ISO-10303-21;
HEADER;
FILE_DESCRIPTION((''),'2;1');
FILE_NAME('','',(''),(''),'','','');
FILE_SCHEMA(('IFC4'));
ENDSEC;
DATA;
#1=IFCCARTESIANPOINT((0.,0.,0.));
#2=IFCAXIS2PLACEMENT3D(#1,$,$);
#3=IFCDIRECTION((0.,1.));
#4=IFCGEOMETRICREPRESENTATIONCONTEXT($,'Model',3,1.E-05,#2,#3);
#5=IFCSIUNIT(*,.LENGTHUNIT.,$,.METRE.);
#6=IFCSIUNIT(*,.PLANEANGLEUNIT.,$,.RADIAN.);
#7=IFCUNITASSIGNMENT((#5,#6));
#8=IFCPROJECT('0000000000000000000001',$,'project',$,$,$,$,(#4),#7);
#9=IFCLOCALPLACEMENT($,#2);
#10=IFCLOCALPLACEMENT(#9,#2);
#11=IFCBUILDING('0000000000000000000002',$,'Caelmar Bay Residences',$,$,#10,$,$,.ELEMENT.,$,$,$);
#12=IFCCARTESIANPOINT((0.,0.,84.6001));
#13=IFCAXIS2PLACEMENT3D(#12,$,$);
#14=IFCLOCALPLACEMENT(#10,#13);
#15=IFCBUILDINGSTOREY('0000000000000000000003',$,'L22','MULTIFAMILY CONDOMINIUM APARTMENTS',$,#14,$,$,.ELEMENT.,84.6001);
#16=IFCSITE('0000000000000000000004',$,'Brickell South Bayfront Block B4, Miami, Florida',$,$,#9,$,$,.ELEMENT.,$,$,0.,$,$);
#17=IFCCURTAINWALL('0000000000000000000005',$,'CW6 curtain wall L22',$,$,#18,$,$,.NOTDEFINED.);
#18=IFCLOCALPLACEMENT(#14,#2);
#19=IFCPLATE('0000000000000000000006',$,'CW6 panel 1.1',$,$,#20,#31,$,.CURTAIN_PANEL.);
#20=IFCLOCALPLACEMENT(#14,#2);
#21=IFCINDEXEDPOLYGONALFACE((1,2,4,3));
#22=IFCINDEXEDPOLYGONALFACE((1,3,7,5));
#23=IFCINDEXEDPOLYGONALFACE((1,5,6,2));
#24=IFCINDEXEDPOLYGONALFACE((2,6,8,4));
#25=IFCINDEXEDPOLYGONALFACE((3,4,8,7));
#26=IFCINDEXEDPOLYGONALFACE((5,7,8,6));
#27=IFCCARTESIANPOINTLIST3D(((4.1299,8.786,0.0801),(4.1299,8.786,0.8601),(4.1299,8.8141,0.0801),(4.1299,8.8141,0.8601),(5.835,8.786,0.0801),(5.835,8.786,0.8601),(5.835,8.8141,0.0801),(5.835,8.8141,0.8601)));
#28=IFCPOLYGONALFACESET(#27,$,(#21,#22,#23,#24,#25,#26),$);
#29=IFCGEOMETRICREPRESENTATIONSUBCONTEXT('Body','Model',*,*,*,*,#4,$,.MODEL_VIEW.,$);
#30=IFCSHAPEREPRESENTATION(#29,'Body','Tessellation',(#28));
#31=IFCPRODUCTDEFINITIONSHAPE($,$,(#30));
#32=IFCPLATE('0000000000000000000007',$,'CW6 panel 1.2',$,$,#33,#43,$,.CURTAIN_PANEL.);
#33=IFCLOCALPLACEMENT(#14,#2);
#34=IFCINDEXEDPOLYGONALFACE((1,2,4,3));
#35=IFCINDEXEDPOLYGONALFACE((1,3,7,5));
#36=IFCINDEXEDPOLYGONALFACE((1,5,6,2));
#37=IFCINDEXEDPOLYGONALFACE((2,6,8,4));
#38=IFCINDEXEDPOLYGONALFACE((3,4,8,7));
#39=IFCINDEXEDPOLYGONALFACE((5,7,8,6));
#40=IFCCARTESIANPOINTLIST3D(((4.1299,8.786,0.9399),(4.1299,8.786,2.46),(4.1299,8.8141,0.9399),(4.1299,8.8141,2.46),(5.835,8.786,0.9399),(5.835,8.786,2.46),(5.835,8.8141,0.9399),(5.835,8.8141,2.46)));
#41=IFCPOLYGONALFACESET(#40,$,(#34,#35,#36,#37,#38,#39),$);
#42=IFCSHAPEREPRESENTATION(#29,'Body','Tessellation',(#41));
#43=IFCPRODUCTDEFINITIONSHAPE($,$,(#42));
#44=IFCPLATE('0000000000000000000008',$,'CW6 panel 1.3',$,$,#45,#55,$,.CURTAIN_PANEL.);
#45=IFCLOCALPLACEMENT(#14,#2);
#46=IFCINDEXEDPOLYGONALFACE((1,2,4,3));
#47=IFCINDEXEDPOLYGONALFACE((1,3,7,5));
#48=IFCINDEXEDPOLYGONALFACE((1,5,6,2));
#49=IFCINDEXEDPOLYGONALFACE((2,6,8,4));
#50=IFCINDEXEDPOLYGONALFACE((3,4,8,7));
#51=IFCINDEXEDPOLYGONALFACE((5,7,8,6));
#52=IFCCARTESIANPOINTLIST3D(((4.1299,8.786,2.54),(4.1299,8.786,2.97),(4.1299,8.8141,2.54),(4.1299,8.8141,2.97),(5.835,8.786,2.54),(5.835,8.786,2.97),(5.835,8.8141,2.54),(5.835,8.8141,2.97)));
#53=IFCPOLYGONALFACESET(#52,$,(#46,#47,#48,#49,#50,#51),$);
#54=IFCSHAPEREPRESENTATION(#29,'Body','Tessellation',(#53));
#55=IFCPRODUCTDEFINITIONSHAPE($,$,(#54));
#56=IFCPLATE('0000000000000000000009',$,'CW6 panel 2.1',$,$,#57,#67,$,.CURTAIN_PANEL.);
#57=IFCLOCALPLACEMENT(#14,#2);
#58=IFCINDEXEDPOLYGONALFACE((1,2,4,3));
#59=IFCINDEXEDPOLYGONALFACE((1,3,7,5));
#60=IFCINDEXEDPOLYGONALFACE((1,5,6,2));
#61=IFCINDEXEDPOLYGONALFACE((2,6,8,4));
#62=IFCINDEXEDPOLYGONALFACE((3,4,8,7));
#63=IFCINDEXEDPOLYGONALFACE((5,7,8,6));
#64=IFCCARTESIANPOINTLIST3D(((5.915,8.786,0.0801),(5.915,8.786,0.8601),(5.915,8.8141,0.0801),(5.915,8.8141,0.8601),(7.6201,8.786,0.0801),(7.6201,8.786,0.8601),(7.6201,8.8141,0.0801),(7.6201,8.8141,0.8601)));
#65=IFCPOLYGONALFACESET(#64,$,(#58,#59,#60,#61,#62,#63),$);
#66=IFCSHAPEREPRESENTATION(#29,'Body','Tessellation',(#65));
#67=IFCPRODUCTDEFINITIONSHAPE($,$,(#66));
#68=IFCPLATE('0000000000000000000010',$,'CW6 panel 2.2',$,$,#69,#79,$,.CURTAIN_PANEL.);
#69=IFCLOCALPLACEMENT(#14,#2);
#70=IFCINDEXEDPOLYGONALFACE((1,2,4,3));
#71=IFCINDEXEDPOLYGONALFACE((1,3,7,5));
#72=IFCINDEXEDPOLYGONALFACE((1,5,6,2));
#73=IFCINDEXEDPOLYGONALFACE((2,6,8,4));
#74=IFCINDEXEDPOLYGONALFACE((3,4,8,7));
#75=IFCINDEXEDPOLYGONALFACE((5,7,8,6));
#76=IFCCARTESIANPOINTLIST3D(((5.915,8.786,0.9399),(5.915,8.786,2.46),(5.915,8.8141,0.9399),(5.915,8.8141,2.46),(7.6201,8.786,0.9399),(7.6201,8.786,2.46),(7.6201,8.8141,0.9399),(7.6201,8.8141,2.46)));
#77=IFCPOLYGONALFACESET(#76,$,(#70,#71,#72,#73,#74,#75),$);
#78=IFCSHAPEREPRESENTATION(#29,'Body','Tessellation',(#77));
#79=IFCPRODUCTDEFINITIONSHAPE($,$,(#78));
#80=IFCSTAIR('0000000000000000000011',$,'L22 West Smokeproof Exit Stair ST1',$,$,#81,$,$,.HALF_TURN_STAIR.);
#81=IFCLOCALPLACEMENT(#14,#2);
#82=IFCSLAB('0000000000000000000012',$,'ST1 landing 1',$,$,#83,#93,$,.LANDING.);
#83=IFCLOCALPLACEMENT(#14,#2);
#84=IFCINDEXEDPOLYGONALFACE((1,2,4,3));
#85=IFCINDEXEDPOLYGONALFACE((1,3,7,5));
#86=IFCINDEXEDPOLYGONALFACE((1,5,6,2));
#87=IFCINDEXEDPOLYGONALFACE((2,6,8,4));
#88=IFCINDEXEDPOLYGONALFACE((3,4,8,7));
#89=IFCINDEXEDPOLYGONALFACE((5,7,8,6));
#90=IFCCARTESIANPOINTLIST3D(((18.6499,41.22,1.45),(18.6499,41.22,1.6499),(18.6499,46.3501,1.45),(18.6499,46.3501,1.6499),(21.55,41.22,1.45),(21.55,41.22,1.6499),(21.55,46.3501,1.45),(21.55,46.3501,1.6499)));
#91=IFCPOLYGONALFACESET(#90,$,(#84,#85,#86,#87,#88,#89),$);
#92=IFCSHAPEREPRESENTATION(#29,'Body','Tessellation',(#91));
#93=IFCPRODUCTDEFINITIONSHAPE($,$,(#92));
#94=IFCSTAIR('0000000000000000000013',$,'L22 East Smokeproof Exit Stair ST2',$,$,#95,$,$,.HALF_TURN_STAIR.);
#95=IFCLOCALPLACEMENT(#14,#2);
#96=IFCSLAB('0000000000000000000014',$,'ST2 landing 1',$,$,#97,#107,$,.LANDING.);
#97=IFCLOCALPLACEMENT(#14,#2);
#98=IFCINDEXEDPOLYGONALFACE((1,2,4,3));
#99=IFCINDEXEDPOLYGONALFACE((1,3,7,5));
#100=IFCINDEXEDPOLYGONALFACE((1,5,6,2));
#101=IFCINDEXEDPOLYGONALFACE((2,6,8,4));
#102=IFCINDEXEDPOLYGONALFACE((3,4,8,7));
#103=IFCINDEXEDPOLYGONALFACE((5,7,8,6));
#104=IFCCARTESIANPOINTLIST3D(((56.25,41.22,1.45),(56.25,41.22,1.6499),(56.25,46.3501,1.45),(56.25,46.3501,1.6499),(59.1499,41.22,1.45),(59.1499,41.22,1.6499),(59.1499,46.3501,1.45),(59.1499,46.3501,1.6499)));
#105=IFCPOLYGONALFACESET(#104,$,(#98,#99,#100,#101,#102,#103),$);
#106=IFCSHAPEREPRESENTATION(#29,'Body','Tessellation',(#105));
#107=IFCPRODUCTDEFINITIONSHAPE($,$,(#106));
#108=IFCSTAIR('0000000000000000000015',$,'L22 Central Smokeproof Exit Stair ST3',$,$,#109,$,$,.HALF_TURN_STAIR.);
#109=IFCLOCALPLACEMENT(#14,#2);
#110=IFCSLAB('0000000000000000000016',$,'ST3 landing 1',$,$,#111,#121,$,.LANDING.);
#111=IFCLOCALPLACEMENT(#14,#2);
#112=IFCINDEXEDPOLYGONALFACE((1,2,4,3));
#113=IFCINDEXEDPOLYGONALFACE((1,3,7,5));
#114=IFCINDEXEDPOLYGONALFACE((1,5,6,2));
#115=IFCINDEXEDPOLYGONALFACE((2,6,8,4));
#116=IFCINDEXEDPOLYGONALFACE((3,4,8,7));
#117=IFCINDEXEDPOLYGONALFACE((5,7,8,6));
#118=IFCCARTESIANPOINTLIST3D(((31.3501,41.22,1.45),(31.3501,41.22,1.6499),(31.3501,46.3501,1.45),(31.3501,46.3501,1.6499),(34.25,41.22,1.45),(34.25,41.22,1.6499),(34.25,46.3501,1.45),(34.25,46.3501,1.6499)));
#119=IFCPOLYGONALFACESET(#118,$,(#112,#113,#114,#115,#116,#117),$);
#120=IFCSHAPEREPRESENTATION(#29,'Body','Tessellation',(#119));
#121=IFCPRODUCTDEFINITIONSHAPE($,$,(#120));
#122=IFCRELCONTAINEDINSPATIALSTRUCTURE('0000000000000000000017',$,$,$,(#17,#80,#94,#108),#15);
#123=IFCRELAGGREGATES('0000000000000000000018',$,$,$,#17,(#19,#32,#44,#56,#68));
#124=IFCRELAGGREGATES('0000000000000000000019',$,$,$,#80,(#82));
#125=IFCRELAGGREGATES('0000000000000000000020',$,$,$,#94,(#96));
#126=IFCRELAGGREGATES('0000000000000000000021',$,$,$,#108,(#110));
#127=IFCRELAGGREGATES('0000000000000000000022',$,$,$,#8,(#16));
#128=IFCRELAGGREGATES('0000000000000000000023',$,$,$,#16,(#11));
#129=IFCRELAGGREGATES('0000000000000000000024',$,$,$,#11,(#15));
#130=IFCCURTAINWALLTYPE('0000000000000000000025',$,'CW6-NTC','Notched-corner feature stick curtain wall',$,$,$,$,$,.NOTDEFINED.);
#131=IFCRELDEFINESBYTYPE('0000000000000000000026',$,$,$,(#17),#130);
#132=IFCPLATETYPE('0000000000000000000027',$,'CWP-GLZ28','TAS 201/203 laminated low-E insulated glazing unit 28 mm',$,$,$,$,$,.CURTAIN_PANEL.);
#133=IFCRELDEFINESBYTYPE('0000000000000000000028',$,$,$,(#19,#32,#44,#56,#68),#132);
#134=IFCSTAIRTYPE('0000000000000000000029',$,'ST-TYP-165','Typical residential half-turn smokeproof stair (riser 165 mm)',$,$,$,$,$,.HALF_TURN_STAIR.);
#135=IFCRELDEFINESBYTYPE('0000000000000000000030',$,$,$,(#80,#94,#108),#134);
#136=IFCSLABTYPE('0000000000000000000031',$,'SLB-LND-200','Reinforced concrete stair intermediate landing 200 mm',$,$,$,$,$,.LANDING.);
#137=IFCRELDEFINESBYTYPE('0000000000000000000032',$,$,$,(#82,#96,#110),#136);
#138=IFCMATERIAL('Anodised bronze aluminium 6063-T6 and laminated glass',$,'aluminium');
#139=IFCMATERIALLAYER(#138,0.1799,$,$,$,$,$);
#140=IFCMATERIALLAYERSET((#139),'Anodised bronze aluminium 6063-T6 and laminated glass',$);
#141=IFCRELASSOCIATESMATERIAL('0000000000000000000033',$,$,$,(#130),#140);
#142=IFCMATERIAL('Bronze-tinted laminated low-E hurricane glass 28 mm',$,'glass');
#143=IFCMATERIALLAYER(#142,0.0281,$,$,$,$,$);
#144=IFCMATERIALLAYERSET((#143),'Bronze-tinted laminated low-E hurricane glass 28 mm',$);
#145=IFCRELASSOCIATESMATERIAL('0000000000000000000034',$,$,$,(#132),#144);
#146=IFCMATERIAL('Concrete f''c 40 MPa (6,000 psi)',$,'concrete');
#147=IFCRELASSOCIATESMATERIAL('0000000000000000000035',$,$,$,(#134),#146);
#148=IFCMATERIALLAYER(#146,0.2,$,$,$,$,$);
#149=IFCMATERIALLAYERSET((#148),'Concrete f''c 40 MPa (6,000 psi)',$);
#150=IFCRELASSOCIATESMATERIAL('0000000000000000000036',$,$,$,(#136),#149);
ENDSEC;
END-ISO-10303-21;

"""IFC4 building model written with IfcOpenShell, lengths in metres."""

from ifc_helpers import new_model, si_unit, direction, frame, origin, origin_2d, place, context, subcontext, project, spatial, polyline, rectangle, outline, extrude, material, layer, layer_set, type_object, element, aggregate, save


model = new_model("IFC4")

# Units and contexts
model_context = context("Model", 3, precision=1e-05, world=origin(), true_north=direction((0.0, 1.0)))
body_context = subcontext(model_context, "Body", "Model", "MODEL_VIEW")
ifc_project = project(units=[si_unit("LENGTHUNIT", "METRE"), si_unit("PLANEANGLEUNIT", "RADIAN")], contexts=[model_context])

# Site, building, storey
site_placement = place(None, origin())
site = spatial("IfcSite", under=ifc_project, at=site_placement, Name="Brickell South Bayfront Block B4, Miami, Florida", CompositionType="ELEMENT", RefElevation=0.0)
building_placement = place(site_placement, origin())
building = spatial("IfcBuilding", under=site, at=building_placement, Name="Caelmar Bay Residences", CompositionType="ELEMENT")
storey_placement = place(building_placement, frame((0.0, 0.0, 84.6001)))
storey = spatial("IfcBuildingStorey", under=building, at=storey_placement, Name="L22", Description="MULTIFAMILY CONDOMINIUM APARTMENTS", CompositionType="ELEMENT", Elevation=84.6001)

# Curtain wall
ifc_material_1 = material(Name="Anodised bronze aluminium 6063-T6 and laminated glass", Category="aluminium")
ifc_layer_1 = layer(ifc_material_1, 0.1799)
ifc_layer_set_1 = layer_set([ifc_layer_1], Name="Anodised bronze aluminium 6063-T6 and laminated glass")
curtain_wall_type_1 = type_object("IfcCurtainWallType", Name="CW6-NTC", Description="Notched-corner feature stick curtain wall", PredefinedType="NOTDEFINED", material=ifc_layer_set_1)
curtain_wall_1_placement = place(storey_placement, origin())
curtain_wall_1 = element("IfcCurtainWall", 1, at=curtain_wall_1_placement, inside=storey, type_object=curtain_wall_type_1, Name="CW6 curtain wall L22", PredefinedType="NOTDEFINED")

# Plates
ifc_material_2 = material(Name="Bronze-tinted laminated low-E hurricane glass 28 mm", Category="glass")
ifc_layer_2 = layer(ifc_material_2, 0.0281)
ifc_layer_set_2 = layer_set([ifc_layer_2], Name="Bronze-tinted laminated low-E hurricane glass 28 mm")
plate_type = type_object("IfcPlateType", Name="CWP-GLZ28", Description="TAS 201/203 laminated low-E insulated glazing unit 28 mm", PredefinedType="CURTAIN_PANEL", material=ifc_layer_set_2)
plate_1_placement = place(storey_placement, frame((4.9824, 8.8, 0.0801), z_axis=(0.0, 0.0, 1.0), x_axis=(1.0, 0.0, 0.0)))
plate_1 = element("IfcPlate", 2, at=plate_1_placement, type_object=plate_type, Name="CW6 panel 1.1", PredefinedType="CURTAIN_PANEL", context=body_context, shape_type="SweptSolid", body=[
    extrude(rectangle(XDim=1.7051, YDim=0.0281, at=origin_2d()), origin(), (0.0, 0.0, 1.0), 0.78),
])
plate_2_placement = place(storey_placement, frame((4.9824, 8.8, 0.9399), z_axis=(0.0, 0.0, 1.0), x_axis=(1.0, 0.0, 0.0)))
plate_2 = element("IfcPlate", 3, at=plate_2_placement, type_object=plate_type, Name="CW6 panel 1.2", PredefinedType="CURTAIN_PANEL", context=body_context, shape_type="SweptSolid", body=[
    extrude(rectangle(XDim=1.7051, YDim=0.0281, at=origin_2d()), origin(), (0.0, 0.0, 1.0), 1.52),
])
plate_3_placement = place(storey_placement, frame((4.9824, 8.8, 2.54), z_axis=(0.0, 0.0, 1.0), x_axis=(1.0, 0.0, 0.0)))
plate_3 = element("IfcPlate", 4, at=plate_3_placement, type_object=plate_type, Name="CW6 panel 1.3", PredefinedType="CURTAIN_PANEL", context=body_context, shape_type="SweptSolid", body=[
    extrude(rectangle(XDim=1.7051, YDim=0.0281, at=origin_2d()), origin(), (0.0, 0.0, 1.0), 0.4299),
])
plate_4_placement = place(storey_placement, frame((6.7676, 8.8, 0.0801), z_axis=(0.0, 0.0, 1.0), x_axis=(1.0, 0.0, 0.0)))
plate_4 = element("IfcPlate", 5, at=plate_4_placement, type_object=plate_type, Name="CW6 panel 2.1", PredefinedType="CURTAIN_PANEL", context=body_context, shape_type="SweptSolid", body=[
    extrude(rectangle(XDim=1.7051, YDim=0.0281, at=origin_2d()), origin(), (0.0, 0.0, 1.0), 0.78),
])
plate_5_placement = place(storey_placement, frame((6.7676, 8.8, 0.9399), z_axis=(0.0, 0.0, 1.0), x_axis=(1.0, 0.0, 0.0)))
plate_5 = element("IfcPlate", 6, at=plate_5_placement, type_object=plate_type, Name="CW6 panel 2.2", PredefinedType="CURTAIN_PANEL", context=body_context, shape_type="SweptSolid", body=[
    extrude(rectangle(XDim=1.7051, YDim=0.0281, at=origin_2d()), origin(), (0.0, 0.0, 1.0), 1.52),
])
aggregate(curtain_wall_1, [plate_1, plate_2, plate_3, plate_4, plate_5])

# Stairs, slabs
ifc_material_3 = material(Name="Concrete f'c 40 MPa (6,000 psi)", Category="concrete")
stair_type = type_object("IfcStairType", Name="ST-TYP-165", Description="Typical residential half-turn smokeproof stair (riser 165 mm)", PredefinedType="HALF_TURN_STAIR", material=ifc_material_3)
stair_1_placement = place(storey_placement, origin())
stair_1 = element("IfcStair", 7, at=stair_1_placement, inside=storey, type_object=stair_type, Name="L22 West Smokeproof Exit Stair ST1", PredefinedType="HALF_TURN_STAIR")
ifc_layer_3 = layer(ifc_material_3, 0.2)
ifc_layer_set_3 = layer_set([ifc_layer_3], Name="Concrete f'c 40 MPa (6,000 psi)")
slab_type_1 = type_object("IfcSlabType", Name="SLB-LND-200", Description="Reinforced concrete stair intermediate landing 200 mm", PredefinedType="LANDING", material=ifc_layer_set_3)
slab_1_placement = place(storey_placement, frame((0.0, 0.0, 1.45)))
slab_1 = element("IfcSlab", 8, at=slab_1_placement, type_object=slab_type_1, Name="ST1 landing 1", PredefinedType="LANDING", context=body_context, shape_type="SweptSolid", body=[
    extrude(outline(polyline([(21.55, 41.22), (21.55, 46.3501), (18.6499, 46.3501), (18.6499, 41.22), (21.55, 41.22)])), origin(), (0.0, 0.0, 1.0), 0.2),
])
aggregate(stair_1, [slab_1])
stair_2_placement = place(storey_placement, origin())
stair_2 = element("IfcStair", 9, at=stair_2_placement, inside=storey, type_object=stair_type, Name="L22 East Smokeproof Exit Stair ST2", PredefinedType="HALF_TURN_STAIR")
slab_2_placement = place(storey_placement, frame((0.0, 0.0, 1.45)))
slab_2 = element("IfcSlab", 10, at=slab_2_placement, type_object=slab_type_1, Name="ST2 landing 1", PredefinedType="LANDING", context=body_context, shape_type="SweptSolid", body=[
    extrude(outline(polyline([(59.1499, 41.22), (59.1499, 46.3501), (56.25, 46.3501), (56.25, 41.22), (59.1499, 41.22)])), origin(), (0.0, 0.0, 1.0), 0.2),
])
aggregate(stair_2, [slab_2])
stair_3_placement = place(storey_placement, origin())
stair_3 = element("IfcStair", 11, at=stair_3_placement, inside=storey, type_object=stair_type, Name="L22 Central Smokeproof Exit Stair ST3", PredefinedType="HALF_TURN_STAIR")
slab_3_placement = place(storey_placement, frame((0.0, 0.0, 1.45)))
slab_3 = element("IfcSlab", 12, at=slab_3_placement, type_object=slab_type_1, Name="ST3 landing 1", PredefinedType="LANDING", context=body_context, shape_type="SweptSolid", body=[
    extrude(outline(polyline([(34.25, 41.22), (34.25, 46.3501), (31.3501, 46.3501), (31.3501, 41.22), (34.25, 41.22)])), origin(), (0.0, 0.0, 1.0), 0.2),
])
aggregate(stair_3, [slab_3])

save(model, "model.ifc")
